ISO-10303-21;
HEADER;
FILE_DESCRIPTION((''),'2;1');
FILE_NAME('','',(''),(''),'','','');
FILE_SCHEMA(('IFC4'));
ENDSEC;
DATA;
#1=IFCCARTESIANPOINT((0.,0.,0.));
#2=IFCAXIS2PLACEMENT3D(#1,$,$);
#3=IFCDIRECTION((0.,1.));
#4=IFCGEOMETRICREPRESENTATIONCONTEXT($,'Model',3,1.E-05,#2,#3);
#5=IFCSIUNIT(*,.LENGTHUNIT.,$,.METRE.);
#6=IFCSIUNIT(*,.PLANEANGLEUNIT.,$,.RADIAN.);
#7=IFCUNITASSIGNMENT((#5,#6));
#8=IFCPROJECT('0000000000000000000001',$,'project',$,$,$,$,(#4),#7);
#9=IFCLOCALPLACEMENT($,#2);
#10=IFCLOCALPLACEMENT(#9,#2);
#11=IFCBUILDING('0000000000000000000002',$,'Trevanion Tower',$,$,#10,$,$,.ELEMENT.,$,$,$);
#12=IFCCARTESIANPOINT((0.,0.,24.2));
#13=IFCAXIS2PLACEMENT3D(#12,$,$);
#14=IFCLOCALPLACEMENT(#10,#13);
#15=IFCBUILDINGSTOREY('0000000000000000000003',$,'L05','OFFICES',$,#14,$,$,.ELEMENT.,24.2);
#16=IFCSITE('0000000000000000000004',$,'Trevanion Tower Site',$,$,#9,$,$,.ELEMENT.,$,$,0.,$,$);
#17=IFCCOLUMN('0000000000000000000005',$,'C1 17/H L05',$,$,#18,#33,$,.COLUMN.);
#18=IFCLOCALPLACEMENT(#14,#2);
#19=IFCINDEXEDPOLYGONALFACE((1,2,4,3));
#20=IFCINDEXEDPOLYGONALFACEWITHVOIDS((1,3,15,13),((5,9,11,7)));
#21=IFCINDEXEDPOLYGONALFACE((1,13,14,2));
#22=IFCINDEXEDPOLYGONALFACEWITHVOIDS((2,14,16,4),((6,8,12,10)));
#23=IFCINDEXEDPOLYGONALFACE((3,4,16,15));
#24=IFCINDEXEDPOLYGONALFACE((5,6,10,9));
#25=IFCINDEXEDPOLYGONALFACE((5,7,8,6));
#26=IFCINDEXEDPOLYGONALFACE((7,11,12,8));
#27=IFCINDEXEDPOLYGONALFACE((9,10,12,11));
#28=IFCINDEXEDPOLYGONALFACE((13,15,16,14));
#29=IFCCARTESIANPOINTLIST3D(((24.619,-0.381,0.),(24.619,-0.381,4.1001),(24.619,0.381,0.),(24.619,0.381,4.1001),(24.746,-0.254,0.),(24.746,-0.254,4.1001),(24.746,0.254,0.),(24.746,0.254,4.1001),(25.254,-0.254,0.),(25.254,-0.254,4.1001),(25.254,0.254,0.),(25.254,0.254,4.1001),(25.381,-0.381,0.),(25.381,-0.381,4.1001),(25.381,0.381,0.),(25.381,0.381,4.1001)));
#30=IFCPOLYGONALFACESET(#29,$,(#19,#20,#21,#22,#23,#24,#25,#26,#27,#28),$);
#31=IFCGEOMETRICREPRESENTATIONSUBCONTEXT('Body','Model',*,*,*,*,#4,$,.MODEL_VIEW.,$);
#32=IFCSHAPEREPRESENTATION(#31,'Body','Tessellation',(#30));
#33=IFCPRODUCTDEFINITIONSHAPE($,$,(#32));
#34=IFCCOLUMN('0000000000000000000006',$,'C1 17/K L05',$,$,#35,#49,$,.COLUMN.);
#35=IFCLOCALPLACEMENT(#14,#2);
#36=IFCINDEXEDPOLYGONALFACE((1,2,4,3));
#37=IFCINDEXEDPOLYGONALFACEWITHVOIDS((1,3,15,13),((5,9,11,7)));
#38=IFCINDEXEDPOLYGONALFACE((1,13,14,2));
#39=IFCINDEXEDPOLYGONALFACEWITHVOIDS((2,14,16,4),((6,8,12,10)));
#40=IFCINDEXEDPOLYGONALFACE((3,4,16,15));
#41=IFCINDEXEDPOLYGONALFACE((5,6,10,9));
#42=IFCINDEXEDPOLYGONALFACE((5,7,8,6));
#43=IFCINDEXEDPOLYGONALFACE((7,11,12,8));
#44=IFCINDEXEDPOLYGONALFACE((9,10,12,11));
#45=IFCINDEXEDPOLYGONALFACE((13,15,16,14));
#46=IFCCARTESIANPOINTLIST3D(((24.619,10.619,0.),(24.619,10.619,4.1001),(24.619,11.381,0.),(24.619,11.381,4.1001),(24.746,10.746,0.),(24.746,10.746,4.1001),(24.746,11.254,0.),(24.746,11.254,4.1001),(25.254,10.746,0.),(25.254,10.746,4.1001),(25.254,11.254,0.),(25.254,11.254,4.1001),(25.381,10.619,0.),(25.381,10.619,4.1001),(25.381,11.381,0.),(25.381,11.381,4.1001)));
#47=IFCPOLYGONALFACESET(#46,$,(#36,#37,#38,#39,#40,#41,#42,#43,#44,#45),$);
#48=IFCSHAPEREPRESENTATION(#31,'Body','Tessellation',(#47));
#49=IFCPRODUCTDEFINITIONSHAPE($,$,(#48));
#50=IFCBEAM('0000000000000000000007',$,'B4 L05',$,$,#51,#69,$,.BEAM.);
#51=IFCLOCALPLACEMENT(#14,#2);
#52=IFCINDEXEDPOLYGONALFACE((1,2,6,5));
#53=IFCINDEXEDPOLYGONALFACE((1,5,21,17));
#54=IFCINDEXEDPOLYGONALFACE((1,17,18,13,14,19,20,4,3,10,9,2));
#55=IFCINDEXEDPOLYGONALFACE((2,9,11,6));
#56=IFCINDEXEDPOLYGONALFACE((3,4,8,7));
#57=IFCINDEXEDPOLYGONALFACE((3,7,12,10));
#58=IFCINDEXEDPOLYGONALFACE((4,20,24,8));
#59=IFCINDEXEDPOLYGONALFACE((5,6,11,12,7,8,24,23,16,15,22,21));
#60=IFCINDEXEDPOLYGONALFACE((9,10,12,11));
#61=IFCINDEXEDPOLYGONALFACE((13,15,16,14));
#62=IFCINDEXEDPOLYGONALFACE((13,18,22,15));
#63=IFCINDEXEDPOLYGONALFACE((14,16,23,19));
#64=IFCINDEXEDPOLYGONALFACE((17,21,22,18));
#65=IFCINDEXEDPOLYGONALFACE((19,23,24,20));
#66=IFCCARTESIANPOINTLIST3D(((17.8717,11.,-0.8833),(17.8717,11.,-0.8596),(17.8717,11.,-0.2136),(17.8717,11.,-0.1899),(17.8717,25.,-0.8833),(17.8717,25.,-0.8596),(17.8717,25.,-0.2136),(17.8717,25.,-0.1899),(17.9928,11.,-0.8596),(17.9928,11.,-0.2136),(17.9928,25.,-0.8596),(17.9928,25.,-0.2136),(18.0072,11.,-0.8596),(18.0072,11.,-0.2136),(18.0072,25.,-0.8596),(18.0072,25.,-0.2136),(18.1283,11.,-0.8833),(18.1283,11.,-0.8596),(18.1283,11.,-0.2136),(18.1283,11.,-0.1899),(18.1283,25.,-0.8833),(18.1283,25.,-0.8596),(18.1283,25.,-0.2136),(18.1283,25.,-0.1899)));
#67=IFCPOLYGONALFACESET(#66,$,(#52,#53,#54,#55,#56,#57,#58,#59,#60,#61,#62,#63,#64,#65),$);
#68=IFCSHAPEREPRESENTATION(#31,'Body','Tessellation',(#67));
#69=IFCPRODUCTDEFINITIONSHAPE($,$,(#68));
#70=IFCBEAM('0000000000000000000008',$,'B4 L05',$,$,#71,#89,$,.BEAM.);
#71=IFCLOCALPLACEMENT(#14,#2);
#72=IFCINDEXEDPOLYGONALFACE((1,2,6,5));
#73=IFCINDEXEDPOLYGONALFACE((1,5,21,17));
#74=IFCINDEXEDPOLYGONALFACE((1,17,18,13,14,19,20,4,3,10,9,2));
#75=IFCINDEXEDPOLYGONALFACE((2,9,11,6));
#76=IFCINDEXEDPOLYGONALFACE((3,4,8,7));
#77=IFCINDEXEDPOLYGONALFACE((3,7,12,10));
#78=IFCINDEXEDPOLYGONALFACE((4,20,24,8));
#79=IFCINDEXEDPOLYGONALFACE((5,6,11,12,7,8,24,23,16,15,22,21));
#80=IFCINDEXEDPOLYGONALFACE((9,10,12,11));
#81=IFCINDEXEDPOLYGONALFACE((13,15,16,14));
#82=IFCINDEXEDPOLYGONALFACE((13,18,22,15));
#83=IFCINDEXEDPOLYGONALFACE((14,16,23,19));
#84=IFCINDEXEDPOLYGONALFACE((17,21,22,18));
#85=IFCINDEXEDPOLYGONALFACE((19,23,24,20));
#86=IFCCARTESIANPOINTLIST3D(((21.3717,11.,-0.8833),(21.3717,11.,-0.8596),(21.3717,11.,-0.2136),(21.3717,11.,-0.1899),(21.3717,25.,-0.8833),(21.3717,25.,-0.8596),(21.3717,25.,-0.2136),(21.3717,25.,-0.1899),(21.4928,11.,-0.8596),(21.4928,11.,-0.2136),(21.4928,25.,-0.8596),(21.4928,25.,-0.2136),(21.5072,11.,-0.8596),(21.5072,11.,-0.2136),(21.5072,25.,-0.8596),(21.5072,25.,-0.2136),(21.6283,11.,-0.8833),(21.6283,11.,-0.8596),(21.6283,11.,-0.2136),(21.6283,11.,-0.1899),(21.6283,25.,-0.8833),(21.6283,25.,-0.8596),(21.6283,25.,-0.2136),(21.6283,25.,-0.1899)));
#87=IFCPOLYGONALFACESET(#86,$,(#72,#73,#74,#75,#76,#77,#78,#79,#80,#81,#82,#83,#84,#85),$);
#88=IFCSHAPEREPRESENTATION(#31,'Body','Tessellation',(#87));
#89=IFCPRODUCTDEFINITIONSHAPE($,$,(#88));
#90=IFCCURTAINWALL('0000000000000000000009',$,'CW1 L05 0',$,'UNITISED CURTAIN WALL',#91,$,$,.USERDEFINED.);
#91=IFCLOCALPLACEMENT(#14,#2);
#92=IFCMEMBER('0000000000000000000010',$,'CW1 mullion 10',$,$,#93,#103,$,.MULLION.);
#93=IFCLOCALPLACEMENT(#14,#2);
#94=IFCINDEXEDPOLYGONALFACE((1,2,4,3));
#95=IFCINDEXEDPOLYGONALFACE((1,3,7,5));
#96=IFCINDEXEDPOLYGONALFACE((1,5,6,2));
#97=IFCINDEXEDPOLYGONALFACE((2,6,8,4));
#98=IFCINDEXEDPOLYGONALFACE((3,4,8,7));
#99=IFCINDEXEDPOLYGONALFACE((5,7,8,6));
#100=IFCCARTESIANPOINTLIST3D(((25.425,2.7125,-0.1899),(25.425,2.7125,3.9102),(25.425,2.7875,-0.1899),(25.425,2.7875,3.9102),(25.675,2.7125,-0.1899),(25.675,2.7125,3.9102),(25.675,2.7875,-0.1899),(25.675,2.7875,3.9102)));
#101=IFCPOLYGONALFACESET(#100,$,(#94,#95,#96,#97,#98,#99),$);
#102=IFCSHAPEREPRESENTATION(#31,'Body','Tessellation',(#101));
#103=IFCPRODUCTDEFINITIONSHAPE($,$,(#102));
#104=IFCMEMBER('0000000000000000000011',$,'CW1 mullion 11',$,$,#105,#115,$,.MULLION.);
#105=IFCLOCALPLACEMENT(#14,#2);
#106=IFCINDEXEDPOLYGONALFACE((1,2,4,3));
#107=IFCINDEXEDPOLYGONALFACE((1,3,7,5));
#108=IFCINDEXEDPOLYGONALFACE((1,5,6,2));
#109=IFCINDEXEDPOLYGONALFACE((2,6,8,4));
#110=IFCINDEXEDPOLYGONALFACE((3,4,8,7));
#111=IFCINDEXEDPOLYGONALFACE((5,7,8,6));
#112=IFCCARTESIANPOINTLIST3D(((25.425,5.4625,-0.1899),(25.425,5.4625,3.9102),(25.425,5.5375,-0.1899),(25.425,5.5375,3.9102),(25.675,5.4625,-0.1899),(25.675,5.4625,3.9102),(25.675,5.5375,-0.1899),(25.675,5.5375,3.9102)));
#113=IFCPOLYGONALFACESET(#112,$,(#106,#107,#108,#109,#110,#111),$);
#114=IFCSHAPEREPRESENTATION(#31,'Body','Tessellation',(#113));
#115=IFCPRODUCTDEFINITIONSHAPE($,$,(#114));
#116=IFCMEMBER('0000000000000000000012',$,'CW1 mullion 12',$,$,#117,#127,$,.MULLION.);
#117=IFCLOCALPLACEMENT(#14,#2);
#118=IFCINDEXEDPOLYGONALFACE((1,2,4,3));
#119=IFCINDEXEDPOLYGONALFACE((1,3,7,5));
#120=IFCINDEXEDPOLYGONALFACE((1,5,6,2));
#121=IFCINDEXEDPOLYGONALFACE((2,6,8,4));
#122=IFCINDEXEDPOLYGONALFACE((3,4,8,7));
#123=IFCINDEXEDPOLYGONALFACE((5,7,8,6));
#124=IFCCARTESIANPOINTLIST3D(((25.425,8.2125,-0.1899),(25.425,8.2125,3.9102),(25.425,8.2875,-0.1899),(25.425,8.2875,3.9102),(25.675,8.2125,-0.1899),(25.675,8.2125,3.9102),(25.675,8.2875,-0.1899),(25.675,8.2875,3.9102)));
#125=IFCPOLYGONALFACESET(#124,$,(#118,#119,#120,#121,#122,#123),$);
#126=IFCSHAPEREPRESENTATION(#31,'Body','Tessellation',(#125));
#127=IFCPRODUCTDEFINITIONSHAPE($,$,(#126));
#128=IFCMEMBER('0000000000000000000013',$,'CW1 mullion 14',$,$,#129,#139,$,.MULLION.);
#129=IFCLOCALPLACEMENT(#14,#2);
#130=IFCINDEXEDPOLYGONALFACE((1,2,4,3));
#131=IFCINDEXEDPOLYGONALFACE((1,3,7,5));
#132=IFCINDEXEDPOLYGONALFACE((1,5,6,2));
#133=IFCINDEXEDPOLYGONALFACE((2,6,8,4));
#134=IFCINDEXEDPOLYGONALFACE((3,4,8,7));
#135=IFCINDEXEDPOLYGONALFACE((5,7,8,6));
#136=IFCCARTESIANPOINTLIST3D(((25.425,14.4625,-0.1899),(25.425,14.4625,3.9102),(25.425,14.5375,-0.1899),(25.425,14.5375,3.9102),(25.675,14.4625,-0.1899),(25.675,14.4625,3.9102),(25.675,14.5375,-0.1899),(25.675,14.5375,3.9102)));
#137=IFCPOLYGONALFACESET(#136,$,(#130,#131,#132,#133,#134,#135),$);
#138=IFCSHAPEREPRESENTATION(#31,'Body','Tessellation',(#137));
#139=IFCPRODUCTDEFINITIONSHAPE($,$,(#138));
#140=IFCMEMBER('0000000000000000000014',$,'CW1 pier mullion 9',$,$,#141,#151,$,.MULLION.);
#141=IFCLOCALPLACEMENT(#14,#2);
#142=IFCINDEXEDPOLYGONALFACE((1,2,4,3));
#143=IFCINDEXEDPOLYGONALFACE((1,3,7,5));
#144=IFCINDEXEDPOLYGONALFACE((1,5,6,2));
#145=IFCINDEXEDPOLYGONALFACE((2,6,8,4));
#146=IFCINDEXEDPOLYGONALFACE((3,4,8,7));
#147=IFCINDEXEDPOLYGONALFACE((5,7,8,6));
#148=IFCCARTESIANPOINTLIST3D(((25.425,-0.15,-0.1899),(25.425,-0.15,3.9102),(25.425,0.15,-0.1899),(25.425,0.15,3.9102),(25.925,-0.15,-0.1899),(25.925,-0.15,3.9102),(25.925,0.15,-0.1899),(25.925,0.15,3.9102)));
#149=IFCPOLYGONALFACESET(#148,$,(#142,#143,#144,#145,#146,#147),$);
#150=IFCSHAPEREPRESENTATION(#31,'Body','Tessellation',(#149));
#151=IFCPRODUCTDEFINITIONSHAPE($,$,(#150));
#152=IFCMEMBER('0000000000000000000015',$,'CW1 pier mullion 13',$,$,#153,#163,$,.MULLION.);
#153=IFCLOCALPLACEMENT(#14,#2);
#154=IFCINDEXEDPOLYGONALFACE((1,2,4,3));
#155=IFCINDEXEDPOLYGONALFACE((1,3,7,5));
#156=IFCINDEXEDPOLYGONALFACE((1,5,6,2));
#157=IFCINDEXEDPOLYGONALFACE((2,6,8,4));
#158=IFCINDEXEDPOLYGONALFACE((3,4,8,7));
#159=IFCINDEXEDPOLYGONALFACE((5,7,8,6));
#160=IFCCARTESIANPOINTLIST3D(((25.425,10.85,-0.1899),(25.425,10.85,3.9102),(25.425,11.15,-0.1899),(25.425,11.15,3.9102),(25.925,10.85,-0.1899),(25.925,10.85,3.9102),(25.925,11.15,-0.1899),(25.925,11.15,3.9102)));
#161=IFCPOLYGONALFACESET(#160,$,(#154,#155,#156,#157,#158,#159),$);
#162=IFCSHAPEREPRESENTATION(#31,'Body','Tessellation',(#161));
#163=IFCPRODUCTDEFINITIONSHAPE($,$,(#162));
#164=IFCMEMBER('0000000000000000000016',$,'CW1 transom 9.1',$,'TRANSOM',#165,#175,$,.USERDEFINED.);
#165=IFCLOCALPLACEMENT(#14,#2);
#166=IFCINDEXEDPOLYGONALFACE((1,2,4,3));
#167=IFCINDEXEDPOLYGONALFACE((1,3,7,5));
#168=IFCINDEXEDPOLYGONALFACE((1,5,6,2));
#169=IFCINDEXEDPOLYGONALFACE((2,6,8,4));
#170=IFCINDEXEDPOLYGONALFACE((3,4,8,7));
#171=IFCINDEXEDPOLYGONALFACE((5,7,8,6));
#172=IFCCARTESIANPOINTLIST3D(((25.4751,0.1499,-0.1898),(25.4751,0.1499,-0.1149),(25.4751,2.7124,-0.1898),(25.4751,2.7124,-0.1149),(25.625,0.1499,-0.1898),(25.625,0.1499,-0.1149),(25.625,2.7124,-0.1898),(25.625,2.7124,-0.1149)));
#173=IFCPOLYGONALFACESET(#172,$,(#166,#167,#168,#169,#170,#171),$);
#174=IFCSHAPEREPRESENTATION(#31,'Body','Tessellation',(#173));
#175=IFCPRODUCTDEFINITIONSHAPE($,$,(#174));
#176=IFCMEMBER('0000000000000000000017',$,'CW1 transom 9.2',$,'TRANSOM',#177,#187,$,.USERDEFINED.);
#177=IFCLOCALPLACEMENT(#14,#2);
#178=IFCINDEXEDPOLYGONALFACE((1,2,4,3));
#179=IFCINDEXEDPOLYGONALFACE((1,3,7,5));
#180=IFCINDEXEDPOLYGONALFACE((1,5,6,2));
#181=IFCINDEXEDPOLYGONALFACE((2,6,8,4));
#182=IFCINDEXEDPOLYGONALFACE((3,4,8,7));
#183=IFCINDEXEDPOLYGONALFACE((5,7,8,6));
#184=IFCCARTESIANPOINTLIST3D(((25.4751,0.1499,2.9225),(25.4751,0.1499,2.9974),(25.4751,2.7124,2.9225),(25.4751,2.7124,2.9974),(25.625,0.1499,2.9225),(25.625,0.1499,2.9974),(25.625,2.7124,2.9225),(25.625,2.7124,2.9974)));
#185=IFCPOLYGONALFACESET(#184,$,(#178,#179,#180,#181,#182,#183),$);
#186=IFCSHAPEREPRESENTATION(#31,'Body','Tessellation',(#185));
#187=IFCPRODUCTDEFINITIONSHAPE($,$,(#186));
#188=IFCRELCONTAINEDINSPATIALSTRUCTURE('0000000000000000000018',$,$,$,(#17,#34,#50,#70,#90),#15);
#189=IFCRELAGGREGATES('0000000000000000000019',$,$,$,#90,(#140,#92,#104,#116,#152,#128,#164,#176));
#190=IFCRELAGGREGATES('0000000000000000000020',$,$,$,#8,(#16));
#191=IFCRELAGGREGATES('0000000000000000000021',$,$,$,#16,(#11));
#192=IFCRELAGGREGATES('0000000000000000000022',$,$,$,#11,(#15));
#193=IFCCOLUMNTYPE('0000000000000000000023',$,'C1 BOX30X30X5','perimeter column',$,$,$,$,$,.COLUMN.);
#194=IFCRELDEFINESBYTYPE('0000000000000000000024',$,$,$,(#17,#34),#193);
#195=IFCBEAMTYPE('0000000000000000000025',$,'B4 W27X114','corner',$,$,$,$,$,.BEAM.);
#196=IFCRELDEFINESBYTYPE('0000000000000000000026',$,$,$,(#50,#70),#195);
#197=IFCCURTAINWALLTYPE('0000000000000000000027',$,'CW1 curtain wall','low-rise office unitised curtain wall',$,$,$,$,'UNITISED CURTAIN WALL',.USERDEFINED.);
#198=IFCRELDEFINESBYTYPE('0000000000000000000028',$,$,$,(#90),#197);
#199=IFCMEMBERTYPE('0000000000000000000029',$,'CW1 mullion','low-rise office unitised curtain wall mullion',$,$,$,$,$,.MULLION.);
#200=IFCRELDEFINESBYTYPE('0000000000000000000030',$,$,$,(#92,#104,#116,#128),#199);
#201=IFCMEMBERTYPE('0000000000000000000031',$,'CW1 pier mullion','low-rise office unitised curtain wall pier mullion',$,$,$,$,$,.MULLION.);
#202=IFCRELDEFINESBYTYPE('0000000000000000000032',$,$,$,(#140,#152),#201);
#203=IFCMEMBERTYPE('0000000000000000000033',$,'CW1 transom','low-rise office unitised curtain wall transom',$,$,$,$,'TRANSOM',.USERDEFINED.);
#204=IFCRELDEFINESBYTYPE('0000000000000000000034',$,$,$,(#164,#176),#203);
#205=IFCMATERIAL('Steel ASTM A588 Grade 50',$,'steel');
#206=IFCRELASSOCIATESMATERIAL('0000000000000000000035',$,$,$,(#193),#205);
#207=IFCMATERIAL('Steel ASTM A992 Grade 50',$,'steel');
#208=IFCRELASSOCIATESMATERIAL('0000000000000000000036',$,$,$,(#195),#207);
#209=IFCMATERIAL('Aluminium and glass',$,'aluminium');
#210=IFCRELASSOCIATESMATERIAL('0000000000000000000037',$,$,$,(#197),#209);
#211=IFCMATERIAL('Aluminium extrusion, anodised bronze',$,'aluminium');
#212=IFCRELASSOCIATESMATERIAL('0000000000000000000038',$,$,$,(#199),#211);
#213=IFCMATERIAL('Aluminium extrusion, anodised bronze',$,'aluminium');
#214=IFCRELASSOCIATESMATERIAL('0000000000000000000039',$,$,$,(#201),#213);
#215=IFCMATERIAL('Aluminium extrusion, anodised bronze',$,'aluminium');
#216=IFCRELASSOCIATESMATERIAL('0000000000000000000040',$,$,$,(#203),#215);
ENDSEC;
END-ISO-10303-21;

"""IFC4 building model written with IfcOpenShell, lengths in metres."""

from ifc_helpers import new_model, si_unit, direction, frame, origin, origin_2d, place, context, subcontext, project, spatial, rectangle, hollow_rectangle, i_section, extrude, material, material_profile, profile_set, type_object, element, aggregate, save


model = new_model("IFC4")

# Units and contexts
model_context = context("Model", 3, precision=1e-05, world=origin(), true_north=direction((0.0, 1.0)))
body_context = subcontext(model_context, "Body", "Model", "MODEL_VIEW")
ifc_project = project(units=[si_unit("LENGTHUNIT", "METRE"), si_unit("PLANEANGLEUNIT", "RADIAN")], contexts=[model_context])

# Site, building, storey
site_placement = place(None, origin())
site = spatial("IfcSite", under=ifc_project, at=site_placement, Name="Trevanion Tower Site", CompositionType="ELEMENT", RefElevation=0.0)
building_placement = place(site_placement, origin())
building = spatial("IfcBuilding", under=site, at=building_placement, Name="Trevanion Tower", CompositionType="ELEMENT")
storey_placement = place(building_placement, frame((0.0, 0.0, 24.2)))
storey = spatial("IfcBuildingStorey", under=building, at=storey_placement, Name="L05", Description="OFFICES", CompositionType="ELEMENT", Elevation=24.2)

# Columns
ifc_material_1 = material(Name="Steel ASTM A588 Grade 50", Category="steel")
ifc_material_profile_1 = material_profile(ifc_material_1, hollow_rectangle(XDim=0.762, YDim=0.762, WallThickness=0.127, at=origin_2d()), Name="BOX30X30X5")
ifc_profile_set_1 = profile_set([ifc_material_profile_1], Name="Steel ASTM A588 Grade 50")
column_type = type_object("IfcColumnType", Name="C1 BOX30X30X5", Description="perimeter column", PredefinedType="COLUMN", material=ifc_profile_set_1)
for number, where, z_axis, x_axis, name in (
    (1, (25.0, 0.0, 0.0), (0.0, 0.0, 1.0), (0.0, 1.0, 0.0), "C1 17/H L05"),
    (2, (25.0, 11.0, 0.0), (0.0, 0.0, 1.0), (0.0, 1.0, 0.0), "C1 17/K L05"),
):
    element("IfcColumn", number, at=place(storey_placement, frame(where, z_axis=z_axis, x_axis=x_axis)), inside=storey, type_object=column_type, Name=name, PredefinedType="COLUMN", context=body_context, shape_type="SweptSolid", body=[
        extrude(hollow_rectangle(XDim=0.762, YDim=0.762, WallThickness=0.127, at=origin_2d()), origin(), (0.0, 0.0, 1.0), 4.1001),
    ])

# Beams
ifc_material_2 = material(Name="Steel ASTM A992 Grade 50", Category="steel")
ifc_material_profile_2 = material_profile(ifc_material_2, i_section(OverallWidth=0.2566, OverallDepth=0.6934, WebThickness=0.0144, FlangeThickness=0.0237, at=origin_2d()), Name="W27X114")
ifc_profile_set_2 = profile_set([ifc_material_profile_2], Name="Steel ASTM A992 Grade 50")
beam_type_1 = type_object("IfcBeamType", Name="B4 W27X114", Description="corner", PredefinedType="BEAM", material=ifc_profile_set_2)
for number, where, z_axis, x_axis, name in (
    (3, (18.0, 11.0, -0.5366), (0.0, 1.0, 0.0), (-1.0, 0.0, 0.0), "B4 L05"),
    (4, (21.5, 11.0, -0.5366), (0.0, 1.0, 0.0), (-1.0, 0.0, 0.0), "B4 L05"),
):
    element("IfcBeam", number, at=place(storey_placement, frame(where, z_axis=z_axis, x_axis=x_axis)), inside=storey, type_object=beam_type_1, Name=name, PredefinedType="BEAM", context=body_context, shape_type="SweptSolid", body=[
        extrude(i_section(OverallWidth=0.2566, OverallDepth=0.6934, WebThickness=0.0144, FlangeThickness=0.0237, at=origin_2d()), origin(), (0.0, 0.0, 1.0), 14.0),
    ])

# Curtain wall, members
ifc_material_3 = material(Name="Aluminium and glass", Category="aluminium")
curtain_wall_type = type_object("IfcCurtainWallType", Name="CW1 curtain wall", Description="low-rise office unitised curtain wall", ElementType="UNITISED CURTAIN WALL", PredefinedType="USERDEFINED", material=ifc_material_3)
curtain_wall_placement = place(storey_placement, origin())
curtain_wall = element("IfcCurtainWall", 5, at=curtain_wall_placement, inside=storey, type_object=curtain_wall_type, Name="CW1 L05 0", ObjectType="UNITISED CURTAIN WALL", PredefinedType="USERDEFINED")
ifc_material_4 = material(Name="Aluminium extrusion, anodised bronze", Category="aluminium")
ifc_material_profile_3 = material_profile(ifc_material_4, rectangle(XDim=0.075, YDim=0.25, at=origin_2d()), Name="CW1 mullion")
ifc_profile_set_3 = profile_set([ifc_material_profile_3], Name="Aluminium extrusion, anodised bronze")
member_type_1 = type_object("IfcMemberType", Name="CW1 mullion", Description="low-rise office unitised curtain wall mullion", PredefinedType="MULLION", material=ifc_profile_set_3)
member_1_placement = place(storey_placement, frame((25.55, 2.75, -0.1899), z_axis=(0.0, 0.0, 1.0), x_axis=(0.0, 1.0, 0.0)))
member_1 = element("IfcMember", 6, at=member_1_placement, type_object=member_type_1, Name="CW1 mullion 10", PredefinedType="MULLION", context=body_context, shape_type="SweptSolid", body=[
    extrude(rectangle(XDim=0.075, YDim=0.25, at=origin_2d()), origin(), (0.0, 0.0, 1.0), 4.1001),
])
member_2_placement = place(storey_placement, frame((25.55, 5.5, -0.1899), z_axis=(0.0, 0.0, 1.0), x_axis=(0.0, 1.0, 0.0)))
member_2 = element("IfcMember", 7, at=member_2_placement, type_object=member_type_1, Name="CW1 mullion 11", PredefinedType="MULLION", context=body_context, shape_type="SweptSolid", body=[
    extrude(rectangle(XDim=0.075, YDim=0.25, at=origin_2d()), origin(), (0.0, 0.0, 1.0), 4.1001),
])
member_3_placement = place(storey_placement, frame((25.55, 8.25, -0.1899), z_axis=(0.0, 0.0, 1.0), x_axis=(0.0, 1.0, 0.0)))
member_3 = element("IfcMember", 8, at=member_3_placement, type_object=member_type_1, Name="CW1 mullion 12", PredefinedType="MULLION", context=body_context, shape_type="SweptSolid", body=[
    extrude(rectangle(XDim=0.075, YDim=0.25, at=origin_2d()), origin(), (0.0, 0.0, 1.0), 4.1001),
])
member_4_placement = place(storey_placement, frame((25.55, 14.5, -0.1899), z_axis=(0.0, 0.0, 1.0), x_axis=(0.0, 1.0, 0.0)))
member_4 = element("IfcMember", 9, at=member_4_placement, type_object=member_type_1, Name="CW1 mullion 14", PredefinedType="MULLION", context=body_context, shape_type="SweptSolid", body=[
    extrude(rectangle(XDim=0.075, YDim=0.25, at=origin_2d()), origin(), (0.0, 0.0, 1.0), 4.1001),
])
ifc_material_5 = material(Name="Aluminium extrusion, anodised bronze", Category="aluminium")
ifc_material_profile_4 = material_profile(ifc_material_5, rectangle(XDim=0.3, YDim=0.5, at=origin_2d()), Name="CW1 pier mullion")
ifc_profile_set_4 = profile_set([ifc_material_profile_4], Name="Aluminium extrusion, anodised bronze")
member_type_2 = type_object("IfcMemberType", Name="CW1 pier mullion", Description="low-rise office unitised curtain wall pier mullion", PredefinedType="MULLION", material=ifc_profile_set_4)
member_5_placement = place(storey_placement, frame((25.675, 0.0, -0.1899), z_axis=(0.0, 0.0, 1.0), x_axis=(0.0, 1.0, 0.0)))
member_5 = element("IfcMember", 10, at=member_5_placement, type_object=member_type_2, Name="CW1 pier mullion 9", PredefinedType="MULLION", context=body_context, shape_type="SweptSolid", body=[
    extrude(rectangle(XDim=0.3, YDim=0.5, at=origin_2d()), origin(), (0.0, 0.0, 1.0), 4.1001),
])
member_6_placement = place(storey_placement, frame((25.675, 11.0, -0.1899), z_axis=(0.0, 0.0, 1.0), x_axis=(0.0, 1.0, 0.0)))
member_6 = element("IfcMember", 11, at=member_6_placement, type_object=member_type_2, Name="CW1 pier mullion 13", PredefinedType="MULLION", context=body_context, shape_type="SweptSolid", body=[
    extrude(rectangle(XDim=0.3, YDim=0.5, at=origin_2d()), origin(), (0.0, 0.0, 1.0), 4.1001),
])
ifc_material_6 = material(Name="Aluminium extrusion, anodised bronze", Category="aluminium")
ifc_material_profile_5 = material_profile(ifc_material_6, rectangle(XDim=0.1499, YDim=0.075, at=origin_2d()), Name="CW1 transom")
ifc_profile_set_5 = profile_set([ifc_material_profile_5], Name="Aluminium extrusion, anodised bronze")
member_type_3 = type_object("IfcMemberType", Name="CW1 transom", Description="low-rise office unitised curtain wall transom", ElementType="TRANSOM", PredefinedType="USERDEFINED", material=ifc_profile_set_5)
member_7_placement = place(storey_placement, frame((25.55, 0.1499, -0.1523), z_axis=(0.0, 1.0, 0.0), x_axis=(-1.0, 0.0, 0.0)))
member_7 = element("IfcMember", 12, at=member_7_placement, type_object=member_type_3, Name="CW1 transom 9.1", ObjectType="TRANSOM", PredefinedType="USERDEFINED", context=body_context, shape_type="SweptSolid", body=[
    extrude(rectangle(XDim=0.1499, YDim=0.075, at=origin_2d()), origin(), (0.0, 0.0, 1.0), 2.5625),
])
member_8_placement = place(storey_placement, frame((25.55, 0.1499, 2.96), z_axis=(0.0, 1.0, 0.0), x_axis=(-1.0, 0.0, 0.0)))
member_8 = element("IfcMember", 13, at=member_8_placement, type_object=member_type_3, Name="CW1 transom 9.2", ObjectType="TRANSOM", PredefinedType="USERDEFINED", context=body_context, shape_type="SweptSolid", body=[
    extrude(rectangle(XDim=0.1499, YDim=0.075, at=origin_2d()), origin(), (0.0, 0.0, 1.0), 2.5625),
])

aggregate(curtain_wall, [member_5, member_1, member_2, member_3, member_6, member_4, member_7, member_8])

save(model, "model.ifc")
